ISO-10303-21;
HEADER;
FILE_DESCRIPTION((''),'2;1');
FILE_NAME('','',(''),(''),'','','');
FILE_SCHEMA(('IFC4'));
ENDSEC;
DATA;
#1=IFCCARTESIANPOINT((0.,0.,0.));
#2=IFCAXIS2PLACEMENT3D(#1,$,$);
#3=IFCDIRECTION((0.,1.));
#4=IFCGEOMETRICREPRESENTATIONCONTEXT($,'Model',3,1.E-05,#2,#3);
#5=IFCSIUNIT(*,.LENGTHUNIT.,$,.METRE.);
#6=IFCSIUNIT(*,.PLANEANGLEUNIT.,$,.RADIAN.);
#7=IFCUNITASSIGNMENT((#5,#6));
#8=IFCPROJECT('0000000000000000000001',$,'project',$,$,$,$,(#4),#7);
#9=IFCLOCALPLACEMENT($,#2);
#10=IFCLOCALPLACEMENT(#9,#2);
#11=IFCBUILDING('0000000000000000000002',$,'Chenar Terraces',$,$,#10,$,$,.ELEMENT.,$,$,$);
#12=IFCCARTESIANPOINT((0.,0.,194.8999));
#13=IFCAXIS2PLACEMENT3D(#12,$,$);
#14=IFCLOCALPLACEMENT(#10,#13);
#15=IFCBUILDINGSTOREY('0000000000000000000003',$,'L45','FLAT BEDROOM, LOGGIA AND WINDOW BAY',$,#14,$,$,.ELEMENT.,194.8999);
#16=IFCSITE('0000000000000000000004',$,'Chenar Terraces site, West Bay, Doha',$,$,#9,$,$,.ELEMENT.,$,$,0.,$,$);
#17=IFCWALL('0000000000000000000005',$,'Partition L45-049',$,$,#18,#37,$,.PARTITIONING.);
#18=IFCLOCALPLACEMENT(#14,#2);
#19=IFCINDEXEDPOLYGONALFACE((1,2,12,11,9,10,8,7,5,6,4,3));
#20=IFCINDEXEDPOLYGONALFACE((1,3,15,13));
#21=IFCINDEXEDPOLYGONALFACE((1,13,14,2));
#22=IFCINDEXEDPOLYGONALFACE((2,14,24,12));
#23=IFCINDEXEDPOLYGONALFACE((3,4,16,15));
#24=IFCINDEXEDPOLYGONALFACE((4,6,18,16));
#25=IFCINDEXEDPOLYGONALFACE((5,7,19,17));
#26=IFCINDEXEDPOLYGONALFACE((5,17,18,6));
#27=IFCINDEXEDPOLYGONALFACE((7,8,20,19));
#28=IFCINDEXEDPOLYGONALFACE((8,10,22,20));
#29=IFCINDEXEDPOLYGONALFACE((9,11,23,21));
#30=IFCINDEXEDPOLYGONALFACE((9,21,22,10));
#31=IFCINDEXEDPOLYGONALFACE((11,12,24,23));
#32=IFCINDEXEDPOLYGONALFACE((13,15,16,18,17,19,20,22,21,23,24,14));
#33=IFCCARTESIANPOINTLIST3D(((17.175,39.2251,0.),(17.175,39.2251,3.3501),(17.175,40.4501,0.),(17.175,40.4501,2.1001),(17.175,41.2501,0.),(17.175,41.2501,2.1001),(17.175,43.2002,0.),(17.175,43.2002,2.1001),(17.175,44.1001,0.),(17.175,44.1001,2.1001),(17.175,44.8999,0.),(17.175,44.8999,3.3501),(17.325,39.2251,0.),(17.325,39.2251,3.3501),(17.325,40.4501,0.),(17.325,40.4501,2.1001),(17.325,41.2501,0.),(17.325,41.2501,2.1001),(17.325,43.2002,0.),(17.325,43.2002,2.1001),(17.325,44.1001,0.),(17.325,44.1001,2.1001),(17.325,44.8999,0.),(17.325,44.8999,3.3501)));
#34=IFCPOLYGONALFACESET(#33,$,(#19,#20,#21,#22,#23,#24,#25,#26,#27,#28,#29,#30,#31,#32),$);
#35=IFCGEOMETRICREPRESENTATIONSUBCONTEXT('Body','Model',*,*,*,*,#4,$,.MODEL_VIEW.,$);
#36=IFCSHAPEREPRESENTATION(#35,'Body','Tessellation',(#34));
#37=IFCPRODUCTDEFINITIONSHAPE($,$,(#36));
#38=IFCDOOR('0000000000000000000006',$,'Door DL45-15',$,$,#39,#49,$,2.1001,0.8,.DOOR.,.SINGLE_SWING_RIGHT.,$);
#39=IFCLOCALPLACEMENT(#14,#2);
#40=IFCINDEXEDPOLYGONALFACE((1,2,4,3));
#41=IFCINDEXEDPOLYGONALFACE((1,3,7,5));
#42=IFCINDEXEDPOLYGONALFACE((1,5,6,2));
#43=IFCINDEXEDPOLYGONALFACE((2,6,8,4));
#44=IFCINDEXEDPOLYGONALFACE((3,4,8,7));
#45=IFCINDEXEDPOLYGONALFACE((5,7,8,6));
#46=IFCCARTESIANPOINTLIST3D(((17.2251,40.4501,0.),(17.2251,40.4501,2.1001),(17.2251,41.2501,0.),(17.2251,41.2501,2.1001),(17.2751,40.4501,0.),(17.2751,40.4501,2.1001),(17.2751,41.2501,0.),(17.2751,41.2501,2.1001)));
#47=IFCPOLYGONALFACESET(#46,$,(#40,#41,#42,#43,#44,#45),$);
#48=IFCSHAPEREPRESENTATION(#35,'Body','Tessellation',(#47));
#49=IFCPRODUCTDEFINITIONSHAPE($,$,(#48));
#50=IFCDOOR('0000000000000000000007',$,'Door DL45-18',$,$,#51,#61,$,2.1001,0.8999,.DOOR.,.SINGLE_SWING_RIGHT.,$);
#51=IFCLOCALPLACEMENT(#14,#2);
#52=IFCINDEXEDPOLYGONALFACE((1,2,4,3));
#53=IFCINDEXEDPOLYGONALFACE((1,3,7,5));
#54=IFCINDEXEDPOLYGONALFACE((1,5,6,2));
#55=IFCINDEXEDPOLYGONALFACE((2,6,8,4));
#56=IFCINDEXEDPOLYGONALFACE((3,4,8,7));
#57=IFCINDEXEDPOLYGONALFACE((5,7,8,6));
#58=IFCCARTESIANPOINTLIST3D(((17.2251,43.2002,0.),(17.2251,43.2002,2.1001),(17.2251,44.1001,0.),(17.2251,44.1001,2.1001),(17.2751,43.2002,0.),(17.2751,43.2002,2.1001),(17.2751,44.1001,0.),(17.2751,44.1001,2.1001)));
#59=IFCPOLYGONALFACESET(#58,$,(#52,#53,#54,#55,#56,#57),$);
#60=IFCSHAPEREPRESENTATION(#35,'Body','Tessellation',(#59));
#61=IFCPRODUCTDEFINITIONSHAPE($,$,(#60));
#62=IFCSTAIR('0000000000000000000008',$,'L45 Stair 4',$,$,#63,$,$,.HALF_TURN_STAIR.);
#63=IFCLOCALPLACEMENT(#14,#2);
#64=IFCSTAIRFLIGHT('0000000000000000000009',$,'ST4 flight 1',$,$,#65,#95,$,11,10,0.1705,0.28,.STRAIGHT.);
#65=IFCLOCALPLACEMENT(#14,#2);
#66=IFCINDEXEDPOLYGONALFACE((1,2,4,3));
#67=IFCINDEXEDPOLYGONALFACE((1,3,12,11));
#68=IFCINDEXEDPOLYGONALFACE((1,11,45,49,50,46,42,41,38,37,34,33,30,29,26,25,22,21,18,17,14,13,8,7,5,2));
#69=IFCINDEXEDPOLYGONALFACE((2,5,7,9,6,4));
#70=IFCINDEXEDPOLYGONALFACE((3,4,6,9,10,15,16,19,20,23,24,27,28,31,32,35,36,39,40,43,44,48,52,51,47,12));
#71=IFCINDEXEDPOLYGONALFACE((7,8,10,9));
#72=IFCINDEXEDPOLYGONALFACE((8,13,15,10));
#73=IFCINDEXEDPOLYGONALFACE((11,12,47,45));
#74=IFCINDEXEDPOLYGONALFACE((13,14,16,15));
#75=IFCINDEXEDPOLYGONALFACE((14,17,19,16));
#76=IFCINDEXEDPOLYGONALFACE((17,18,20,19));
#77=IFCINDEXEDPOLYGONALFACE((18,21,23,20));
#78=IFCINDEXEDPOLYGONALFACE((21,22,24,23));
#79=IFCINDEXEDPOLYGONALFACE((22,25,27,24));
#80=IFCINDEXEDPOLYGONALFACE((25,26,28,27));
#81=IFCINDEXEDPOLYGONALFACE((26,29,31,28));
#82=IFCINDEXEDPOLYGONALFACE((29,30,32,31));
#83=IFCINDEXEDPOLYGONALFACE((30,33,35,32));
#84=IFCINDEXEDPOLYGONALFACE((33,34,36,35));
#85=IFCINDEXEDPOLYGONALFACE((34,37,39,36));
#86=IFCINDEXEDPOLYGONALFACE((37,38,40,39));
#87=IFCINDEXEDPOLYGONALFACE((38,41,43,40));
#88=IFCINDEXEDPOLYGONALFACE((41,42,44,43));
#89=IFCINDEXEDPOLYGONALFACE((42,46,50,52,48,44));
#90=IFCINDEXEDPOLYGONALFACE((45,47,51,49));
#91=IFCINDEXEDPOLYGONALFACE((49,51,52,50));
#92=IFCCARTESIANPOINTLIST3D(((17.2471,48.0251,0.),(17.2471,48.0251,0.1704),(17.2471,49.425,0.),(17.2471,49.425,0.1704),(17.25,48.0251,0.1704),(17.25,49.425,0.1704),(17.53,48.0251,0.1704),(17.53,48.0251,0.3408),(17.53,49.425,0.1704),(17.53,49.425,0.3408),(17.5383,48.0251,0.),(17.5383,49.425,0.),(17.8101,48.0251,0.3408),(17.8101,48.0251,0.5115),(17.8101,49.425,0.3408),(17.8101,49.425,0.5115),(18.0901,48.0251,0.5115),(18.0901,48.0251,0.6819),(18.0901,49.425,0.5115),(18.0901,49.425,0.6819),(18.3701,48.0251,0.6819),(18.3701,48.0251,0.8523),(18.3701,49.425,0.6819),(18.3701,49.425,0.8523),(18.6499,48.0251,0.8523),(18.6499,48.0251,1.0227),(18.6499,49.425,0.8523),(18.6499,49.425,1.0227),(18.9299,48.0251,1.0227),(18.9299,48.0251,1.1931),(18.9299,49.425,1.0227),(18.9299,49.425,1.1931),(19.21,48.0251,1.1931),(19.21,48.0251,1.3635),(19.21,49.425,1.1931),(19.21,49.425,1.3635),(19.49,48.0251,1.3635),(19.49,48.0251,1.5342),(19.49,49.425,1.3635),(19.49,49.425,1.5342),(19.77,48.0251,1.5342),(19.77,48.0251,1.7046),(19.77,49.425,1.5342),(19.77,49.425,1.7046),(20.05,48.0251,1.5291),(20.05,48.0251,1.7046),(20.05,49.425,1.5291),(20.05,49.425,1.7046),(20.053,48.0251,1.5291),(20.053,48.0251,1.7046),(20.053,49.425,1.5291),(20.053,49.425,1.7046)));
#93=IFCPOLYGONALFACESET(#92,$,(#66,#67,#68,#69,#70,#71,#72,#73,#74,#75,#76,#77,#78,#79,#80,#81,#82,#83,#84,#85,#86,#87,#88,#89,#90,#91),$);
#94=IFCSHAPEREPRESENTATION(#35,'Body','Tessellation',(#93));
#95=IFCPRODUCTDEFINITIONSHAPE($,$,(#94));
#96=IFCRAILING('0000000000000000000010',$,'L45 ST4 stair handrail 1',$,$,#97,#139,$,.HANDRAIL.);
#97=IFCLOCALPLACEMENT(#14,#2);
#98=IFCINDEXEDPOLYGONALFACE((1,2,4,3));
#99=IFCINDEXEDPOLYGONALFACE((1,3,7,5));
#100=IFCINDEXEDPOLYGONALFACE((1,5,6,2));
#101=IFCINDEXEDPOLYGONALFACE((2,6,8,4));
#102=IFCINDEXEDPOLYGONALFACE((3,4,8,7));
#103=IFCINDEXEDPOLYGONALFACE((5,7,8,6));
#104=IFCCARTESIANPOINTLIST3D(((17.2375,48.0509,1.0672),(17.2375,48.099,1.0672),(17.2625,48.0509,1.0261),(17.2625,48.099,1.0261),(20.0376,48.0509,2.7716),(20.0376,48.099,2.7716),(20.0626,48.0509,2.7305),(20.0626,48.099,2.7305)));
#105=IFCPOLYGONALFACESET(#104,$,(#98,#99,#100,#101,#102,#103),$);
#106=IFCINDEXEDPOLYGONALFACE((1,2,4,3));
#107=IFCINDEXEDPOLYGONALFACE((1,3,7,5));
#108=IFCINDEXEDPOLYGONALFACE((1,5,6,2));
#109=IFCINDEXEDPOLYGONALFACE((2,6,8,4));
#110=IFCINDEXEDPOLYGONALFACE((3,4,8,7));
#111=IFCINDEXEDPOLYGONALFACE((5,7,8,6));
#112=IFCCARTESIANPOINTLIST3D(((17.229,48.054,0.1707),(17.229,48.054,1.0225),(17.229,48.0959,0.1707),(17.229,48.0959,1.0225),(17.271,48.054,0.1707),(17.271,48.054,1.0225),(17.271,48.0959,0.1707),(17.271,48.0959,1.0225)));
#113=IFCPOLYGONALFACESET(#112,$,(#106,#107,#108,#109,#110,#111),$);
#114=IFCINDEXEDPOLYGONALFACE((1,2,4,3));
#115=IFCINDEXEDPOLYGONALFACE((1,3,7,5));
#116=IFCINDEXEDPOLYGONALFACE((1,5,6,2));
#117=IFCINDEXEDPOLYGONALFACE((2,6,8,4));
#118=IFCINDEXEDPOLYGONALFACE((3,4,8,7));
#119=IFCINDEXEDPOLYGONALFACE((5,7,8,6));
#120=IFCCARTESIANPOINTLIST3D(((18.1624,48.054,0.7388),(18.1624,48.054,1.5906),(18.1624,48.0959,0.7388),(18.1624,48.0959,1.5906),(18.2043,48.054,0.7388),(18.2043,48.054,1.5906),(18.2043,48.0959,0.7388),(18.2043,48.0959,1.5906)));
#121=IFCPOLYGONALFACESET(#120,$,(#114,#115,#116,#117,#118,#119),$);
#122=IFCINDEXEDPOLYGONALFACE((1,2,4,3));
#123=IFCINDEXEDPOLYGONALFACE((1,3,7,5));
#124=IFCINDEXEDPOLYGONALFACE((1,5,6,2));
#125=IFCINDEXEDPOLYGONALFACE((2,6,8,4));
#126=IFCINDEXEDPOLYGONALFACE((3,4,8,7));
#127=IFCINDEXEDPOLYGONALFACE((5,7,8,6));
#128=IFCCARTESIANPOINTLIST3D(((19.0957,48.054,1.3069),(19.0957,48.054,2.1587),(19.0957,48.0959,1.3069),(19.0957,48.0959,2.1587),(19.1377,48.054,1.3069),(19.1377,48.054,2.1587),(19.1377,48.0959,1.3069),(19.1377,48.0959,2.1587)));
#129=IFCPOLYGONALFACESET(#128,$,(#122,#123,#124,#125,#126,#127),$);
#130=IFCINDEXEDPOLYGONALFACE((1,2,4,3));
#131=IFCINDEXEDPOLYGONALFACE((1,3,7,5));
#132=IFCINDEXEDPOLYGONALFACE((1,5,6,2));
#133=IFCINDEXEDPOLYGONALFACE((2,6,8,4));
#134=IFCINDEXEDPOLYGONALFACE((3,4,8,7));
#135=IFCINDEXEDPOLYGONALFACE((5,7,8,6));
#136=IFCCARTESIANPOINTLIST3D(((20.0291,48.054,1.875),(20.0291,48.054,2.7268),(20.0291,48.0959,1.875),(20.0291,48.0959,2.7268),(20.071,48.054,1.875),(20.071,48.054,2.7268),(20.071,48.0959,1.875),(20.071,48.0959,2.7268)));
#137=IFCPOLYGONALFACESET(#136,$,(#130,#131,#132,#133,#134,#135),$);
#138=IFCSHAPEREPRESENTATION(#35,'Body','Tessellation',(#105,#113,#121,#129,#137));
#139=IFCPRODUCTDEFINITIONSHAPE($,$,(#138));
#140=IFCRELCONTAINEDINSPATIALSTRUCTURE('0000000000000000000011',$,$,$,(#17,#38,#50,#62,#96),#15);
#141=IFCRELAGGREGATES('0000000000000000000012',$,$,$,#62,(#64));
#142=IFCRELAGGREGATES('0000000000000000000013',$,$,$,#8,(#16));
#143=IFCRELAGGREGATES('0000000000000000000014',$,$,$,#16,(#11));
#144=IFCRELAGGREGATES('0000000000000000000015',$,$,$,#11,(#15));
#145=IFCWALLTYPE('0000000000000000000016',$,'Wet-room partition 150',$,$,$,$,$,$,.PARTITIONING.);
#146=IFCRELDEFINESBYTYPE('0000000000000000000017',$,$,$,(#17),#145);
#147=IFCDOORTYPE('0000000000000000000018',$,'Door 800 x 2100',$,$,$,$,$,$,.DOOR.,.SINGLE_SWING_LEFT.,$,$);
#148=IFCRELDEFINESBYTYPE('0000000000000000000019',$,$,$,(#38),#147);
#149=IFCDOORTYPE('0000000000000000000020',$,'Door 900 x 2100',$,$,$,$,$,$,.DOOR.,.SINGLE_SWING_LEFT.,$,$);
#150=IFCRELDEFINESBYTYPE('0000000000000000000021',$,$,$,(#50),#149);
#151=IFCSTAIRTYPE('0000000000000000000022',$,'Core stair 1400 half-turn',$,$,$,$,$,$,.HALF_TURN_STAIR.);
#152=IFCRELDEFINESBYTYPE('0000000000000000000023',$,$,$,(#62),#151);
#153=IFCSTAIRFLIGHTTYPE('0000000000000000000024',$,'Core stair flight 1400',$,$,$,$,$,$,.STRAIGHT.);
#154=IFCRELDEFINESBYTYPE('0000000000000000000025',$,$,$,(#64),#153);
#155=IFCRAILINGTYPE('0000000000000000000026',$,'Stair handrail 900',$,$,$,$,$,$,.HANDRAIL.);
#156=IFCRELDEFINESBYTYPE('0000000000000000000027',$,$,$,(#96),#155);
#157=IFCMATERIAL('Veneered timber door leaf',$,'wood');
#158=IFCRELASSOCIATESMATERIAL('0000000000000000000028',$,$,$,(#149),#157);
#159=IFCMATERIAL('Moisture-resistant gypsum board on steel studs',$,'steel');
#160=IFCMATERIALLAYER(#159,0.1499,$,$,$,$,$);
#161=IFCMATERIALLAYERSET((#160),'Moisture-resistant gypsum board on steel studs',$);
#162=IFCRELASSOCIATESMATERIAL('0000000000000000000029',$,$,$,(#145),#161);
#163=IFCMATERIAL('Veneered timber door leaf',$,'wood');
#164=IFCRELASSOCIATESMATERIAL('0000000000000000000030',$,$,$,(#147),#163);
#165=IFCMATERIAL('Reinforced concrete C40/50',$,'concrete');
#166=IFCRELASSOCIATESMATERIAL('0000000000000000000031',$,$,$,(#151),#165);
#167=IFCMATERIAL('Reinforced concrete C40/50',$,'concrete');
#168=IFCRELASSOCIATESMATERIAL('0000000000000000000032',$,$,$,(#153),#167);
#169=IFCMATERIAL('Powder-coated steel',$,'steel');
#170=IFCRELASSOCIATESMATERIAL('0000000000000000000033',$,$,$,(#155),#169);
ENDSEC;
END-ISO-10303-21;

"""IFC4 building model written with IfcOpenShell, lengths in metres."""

from ifc_helpers import new_model, si_unit, direction, frame, frame_2d, origin, origin_2d, place, context, subcontext, project, spatial, polyline, rectangle, outline, extrude, material, layer, layer_set, type_object, element, fill, aggregate, save


model = new_model("IFC4")

# Units and contexts
model_context = context("Model", 3, precision=1e-05, world=origin(), true_north=direction((0.0, 1.0)))
body_context = subcontext(model_context, "Body", "Model", "MODEL_VIEW")
ifc_project = project(units=[si_unit("LENGTHUNIT", "METRE"), si_unit("PLANEANGLEUNIT", "RADIAN")], contexts=[model_context])

# Site, building, storey
site_placement = place(None, origin())
site = spatial("IfcSite", under=ifc_project, at=site_placement, Name="Chenar Terraces site, West Bay, Doha", CompositionType="ELEMENT", RefElevation=0.0)
building_placement = place(site_placement, origin())
building = spatial("IfcBuilding", under=site, at=building_placement, Name="Chenar Terraces", CompositionType="ELEMENT")
storey_placement = place(building_placement, frame((0.0, 0.0, 194.8999)))
storey = spatial("IfcBuildingStorey", under=building, at=storey_placement, Name="L45", Description="FLAT BEDROOM, LOGGIA AND WINDOW BAY", CompositionType="ELEMENT", Elevation=194.8999)

# Shared definitions
ifc_material_1 = material(Name="Veneered timber door leaf", Category="wood")
door_type_1 = type_object("IfcDoorType", Name="Door 900 x 2100", OperationType="SINGLE_SWING_LEFT", PredefinedType="DOOR", material=ifc_material_1)

# Shared definitions
ifc_material_2 = material(Name="Moisture-resistant gypsum board on steel studs", Category="steel")
ifc_layer_1 = layer(ifc_material_2, 0.1499)
ifc_layer_set_1 = layer_set([ifc_layer_1], Name="Moisture-resistant gypsum board on steel studs")
wall_type_1 = type_object("IfcWallType", Name="Wet-room partition 150", PredefinedType="PARTITIONING", material=ifc_layer_set_1)

# Wall, openings, doors
wall_1_placement = place(storey_placement, frame((17.25, 39.2251, 0.0), z_axis=(0.0, 0.0, 1.0), x_axis=(0.0, 1.0, 0.0)))
wall_1 = element("IfcWall", 1, at=wall_1_placement, inside=storey, type_object=wall_type_1, Name="Partition L45-049", PredefinedType="PARTITIONING", context=body_context, shape_type="SweptSolid", body=[
    extrude(rectangle(XDim=5.6748, YDim=0.1499, at=frame_2d((2.8374, 0.0))), origin(), (0.0, 0.0, 1.0), 3.3501),
])
opening_1_placement = place(wall_1_placement, frame((1.2251, 0.0, 0.0)))
opening_1 = element("IfcOpeningElement", 2, at=opening_1_placement, cuts=wall_1, PredefinedType="OPENING", context=body_context, shape_type="SweptSolid", body=[
    extrude(rectangle(XDim=0.8, YDim=2.1001, at=frame_2d((0.3999, 1.05))), frame((0.0, 0.085, 0.0), z_axis=(0.0, -1.0, 0.0), x_axis=(1.0, 0.0, 0.0)), (0.0, 0.0, 1.0), 0.1699),
])
opening_2_placement = place(wall_1_placement, frame((3.9751, 0.0, 0.0)))
opening_2 = element("IfcOpeningElement", 3, at=opening_2_placement, cuts=wall_1, PredefinedType="OPENING", context=body_context, shape_type="SweptSolid", body=[
    extrude(rectangle(XDim=0.8999, YDim=2.1001, at=frame_2d((0.45, 1.05))), frame((0.0, 0.085, 0.0), z_axis=(0.0, -1.0, 0.0), x_axis=(1.0, 0.0, 0.0)), (0.0, 0.0, 1.0), 0.1699),
])
ifc_material_3 = material(Name="Veneered timber door leaf", Category="wood")
door_type_2 = type_object("IfcDoorType", Name="Door 800 x 2100", OperationType="SINGLE_SWING_LEFT", PredefinedType="DOOR", material=ifc_material_3)
door_1_placement = place(opening_1_placement, origin())
door_1 = element("IfcDoor", 4, at=door_1_placement, inside=storey, type_object=door_type_2, Name="Door DL45-15", OperationType="SINGLE_SWING_RIGHT", OverallHeight=2.1001, OverallWidth=0.8, PredefinedType="DOOR", context=body_context, shape_type="SweptSolid", body=[
    extrude(rectangle(XDim=0.8, YDim=2.1001, at=frame_2d((0.3999, 1.05))), frame((0.0, 0.0249, 0.0), z_axis=(0.0, -1.0, 0.0), x_axis=(1.0, 0.0, 0.0)), (0.0, 0.0, 1.0), 0.05),
])
fill(opening_1, door_1)
door_2_placement = place(opening_2_placement, origin())
door_2 = element("IfcDoor", 5, at=door_2_placement, inside=storey, type_object=door_type_1, Name="Door DL45-18", OperationType="SINGLE_SWING_RIGHT", OverallHeight=2.1001, OverallWidth=0.8999, PredefinedType="DOOR", context=body_context, shape_type="SweptSolid", body=[
    extrude(rectangle(XDim=0.8999, YDim=2.1001, at=frame_2d((0.45, 1.05))), frame((0.0, 0.0249, 0.0), z_axis=(0.0, -1.0, 0.0), x_axis=(1.0, 0.0, 0.0)), (0.0, 0.0, 1.0), 0.05),
])
fill(opening_2, door_2)

# Stair, stair flight
ifc_material_4 = material(Name="Reinforced concrete C40/50", Category="concrete")
stair_type = type_object("IfcStairType", Name="Core stair 1400 half-turn", PredefinedType="HALF_TURN_STAIR", material=ifc_material_4)
stair_placement = place(storey_placement, origin())
stair = element("IfcStair", 6, at=stair_placement, inside=storey, type_object=stair_type, Name="L45 Stair 4", PredefinedType="HALF_TURN_STAIR")
ifc_material_5 = material(Name="Reinforced concrete C40/50", Category="concrete")
stair_flight_type = type_object("IfcStairFlightType", Name="Core stair flight 1400", PredefinedType="STRAIGHT", material=ifc_material_5)
stair_flight_placement = place(storey_placement, frame((17.25, 48.7251, 0.0), z_axis=(0.0, 0.0, 1.0), x_axis=(1.0, 0.0, 0.0)))
stair_flight = element("IfcStairFlight", 7, at=stair_flight_placement, type_object=stair_flight_type, Name="ST4 flight 1", NumberOfRisers=11, NumberOfTreads=10, PredefinedType="STRAIGHT", RiserHeight=0.1705, TreadLength=0.28, context=body_context, shape_type="SweptSolid", body=[
    extrude(outline(polyline([(-0.0029, 0.0), (-0.0029, 0.1704), (0.0, 0.1704), (0.28, 0.1704), (0.28, 0.3408), (0.5601, 0.3408), (0.5601, 0.5115), (0.8401, 0.5115), (0.8401, 0.6819), (1.1201, 0.6819), (1.1201, 0.8523), (1.3999, 0.8523), (1.3999, 1.0227), (1.6799, 1.0227), (1.6799, 1.1931), (1.96, 1.1931), (1.96, 1.3635), (2.24, 1.3635), (2.24, 1.5342), (2.52, 1.5342), (2.52, 1.7046), (2.8, 1.7046), (2.803, 1.7046), (2.803, 1.5291), (2.8, 1.5291), (0.2883, 0.0), (-0.0029, 0.0)])), frame((0.0, 0.7, 0.0), z_axis=(0.0, -1.0, 0.0), x_axis=(1.0, 0.0, 0.0)), (0.0, 0.0, 1.0), 1.3999),
])
aggregate(stair, [stair_flight])

# Railing
ifc_material_6 = material(Name="Powder-coated steel", Category="steel")
railing_type = type_object("IfcRailingType", Name="Stair handrail 900", PredefinedType="HANDRAIL", material=ifc_material_6)
railing_placement = place(storey_placement, frame((17.25, 48.075, 0.1707)))
element("IfcRailing", 8, at=railing_placement, inside=storey, type_object=railing_type, Name="L45 ST4 stair handrail 1", PredefinedType="HANDRAIL", context=body_context, shape_type="SweptSolid", body=[
    extrude(rectangle(XDim=0.0481, YDim=0.0481, at=origin_2d()), frame((0.0, 0.0, 0.876), z_axis=(0.854203, 0.0, 0.51994), x_axis=(0.0, 1.0, 0.0)), (0.0, 0.0, 1.0), 3.2781),
    extrude(rectangle(XDim=0.042, YDim=0.042, at=origin_2d()), origin(), (0.0, 0.0, 1.0), 0.8518),
    extrude(rectangle(XDim=0.042, YDim=0.042, at=origin_2d()), frame((0.9333, 0.0, 0.5681)), (0.0, 0.0, 1.0), 0.8518),
    extrude(rectangle(XDim=0.042, YDim=0.042, at=origin_2d()), frame((1.8667, 0.0, 1.1362)), (0.0, 0.0, 1.0), 0.8518),
    extrude(rectangle(XDim=0.042, YDim=0.042, at=origin_2d()), frame((2.8, 0.0, 1.7043)), (0.0, 0.0, 1.0), 0.8518),
])

save(model, "model.ifc")
